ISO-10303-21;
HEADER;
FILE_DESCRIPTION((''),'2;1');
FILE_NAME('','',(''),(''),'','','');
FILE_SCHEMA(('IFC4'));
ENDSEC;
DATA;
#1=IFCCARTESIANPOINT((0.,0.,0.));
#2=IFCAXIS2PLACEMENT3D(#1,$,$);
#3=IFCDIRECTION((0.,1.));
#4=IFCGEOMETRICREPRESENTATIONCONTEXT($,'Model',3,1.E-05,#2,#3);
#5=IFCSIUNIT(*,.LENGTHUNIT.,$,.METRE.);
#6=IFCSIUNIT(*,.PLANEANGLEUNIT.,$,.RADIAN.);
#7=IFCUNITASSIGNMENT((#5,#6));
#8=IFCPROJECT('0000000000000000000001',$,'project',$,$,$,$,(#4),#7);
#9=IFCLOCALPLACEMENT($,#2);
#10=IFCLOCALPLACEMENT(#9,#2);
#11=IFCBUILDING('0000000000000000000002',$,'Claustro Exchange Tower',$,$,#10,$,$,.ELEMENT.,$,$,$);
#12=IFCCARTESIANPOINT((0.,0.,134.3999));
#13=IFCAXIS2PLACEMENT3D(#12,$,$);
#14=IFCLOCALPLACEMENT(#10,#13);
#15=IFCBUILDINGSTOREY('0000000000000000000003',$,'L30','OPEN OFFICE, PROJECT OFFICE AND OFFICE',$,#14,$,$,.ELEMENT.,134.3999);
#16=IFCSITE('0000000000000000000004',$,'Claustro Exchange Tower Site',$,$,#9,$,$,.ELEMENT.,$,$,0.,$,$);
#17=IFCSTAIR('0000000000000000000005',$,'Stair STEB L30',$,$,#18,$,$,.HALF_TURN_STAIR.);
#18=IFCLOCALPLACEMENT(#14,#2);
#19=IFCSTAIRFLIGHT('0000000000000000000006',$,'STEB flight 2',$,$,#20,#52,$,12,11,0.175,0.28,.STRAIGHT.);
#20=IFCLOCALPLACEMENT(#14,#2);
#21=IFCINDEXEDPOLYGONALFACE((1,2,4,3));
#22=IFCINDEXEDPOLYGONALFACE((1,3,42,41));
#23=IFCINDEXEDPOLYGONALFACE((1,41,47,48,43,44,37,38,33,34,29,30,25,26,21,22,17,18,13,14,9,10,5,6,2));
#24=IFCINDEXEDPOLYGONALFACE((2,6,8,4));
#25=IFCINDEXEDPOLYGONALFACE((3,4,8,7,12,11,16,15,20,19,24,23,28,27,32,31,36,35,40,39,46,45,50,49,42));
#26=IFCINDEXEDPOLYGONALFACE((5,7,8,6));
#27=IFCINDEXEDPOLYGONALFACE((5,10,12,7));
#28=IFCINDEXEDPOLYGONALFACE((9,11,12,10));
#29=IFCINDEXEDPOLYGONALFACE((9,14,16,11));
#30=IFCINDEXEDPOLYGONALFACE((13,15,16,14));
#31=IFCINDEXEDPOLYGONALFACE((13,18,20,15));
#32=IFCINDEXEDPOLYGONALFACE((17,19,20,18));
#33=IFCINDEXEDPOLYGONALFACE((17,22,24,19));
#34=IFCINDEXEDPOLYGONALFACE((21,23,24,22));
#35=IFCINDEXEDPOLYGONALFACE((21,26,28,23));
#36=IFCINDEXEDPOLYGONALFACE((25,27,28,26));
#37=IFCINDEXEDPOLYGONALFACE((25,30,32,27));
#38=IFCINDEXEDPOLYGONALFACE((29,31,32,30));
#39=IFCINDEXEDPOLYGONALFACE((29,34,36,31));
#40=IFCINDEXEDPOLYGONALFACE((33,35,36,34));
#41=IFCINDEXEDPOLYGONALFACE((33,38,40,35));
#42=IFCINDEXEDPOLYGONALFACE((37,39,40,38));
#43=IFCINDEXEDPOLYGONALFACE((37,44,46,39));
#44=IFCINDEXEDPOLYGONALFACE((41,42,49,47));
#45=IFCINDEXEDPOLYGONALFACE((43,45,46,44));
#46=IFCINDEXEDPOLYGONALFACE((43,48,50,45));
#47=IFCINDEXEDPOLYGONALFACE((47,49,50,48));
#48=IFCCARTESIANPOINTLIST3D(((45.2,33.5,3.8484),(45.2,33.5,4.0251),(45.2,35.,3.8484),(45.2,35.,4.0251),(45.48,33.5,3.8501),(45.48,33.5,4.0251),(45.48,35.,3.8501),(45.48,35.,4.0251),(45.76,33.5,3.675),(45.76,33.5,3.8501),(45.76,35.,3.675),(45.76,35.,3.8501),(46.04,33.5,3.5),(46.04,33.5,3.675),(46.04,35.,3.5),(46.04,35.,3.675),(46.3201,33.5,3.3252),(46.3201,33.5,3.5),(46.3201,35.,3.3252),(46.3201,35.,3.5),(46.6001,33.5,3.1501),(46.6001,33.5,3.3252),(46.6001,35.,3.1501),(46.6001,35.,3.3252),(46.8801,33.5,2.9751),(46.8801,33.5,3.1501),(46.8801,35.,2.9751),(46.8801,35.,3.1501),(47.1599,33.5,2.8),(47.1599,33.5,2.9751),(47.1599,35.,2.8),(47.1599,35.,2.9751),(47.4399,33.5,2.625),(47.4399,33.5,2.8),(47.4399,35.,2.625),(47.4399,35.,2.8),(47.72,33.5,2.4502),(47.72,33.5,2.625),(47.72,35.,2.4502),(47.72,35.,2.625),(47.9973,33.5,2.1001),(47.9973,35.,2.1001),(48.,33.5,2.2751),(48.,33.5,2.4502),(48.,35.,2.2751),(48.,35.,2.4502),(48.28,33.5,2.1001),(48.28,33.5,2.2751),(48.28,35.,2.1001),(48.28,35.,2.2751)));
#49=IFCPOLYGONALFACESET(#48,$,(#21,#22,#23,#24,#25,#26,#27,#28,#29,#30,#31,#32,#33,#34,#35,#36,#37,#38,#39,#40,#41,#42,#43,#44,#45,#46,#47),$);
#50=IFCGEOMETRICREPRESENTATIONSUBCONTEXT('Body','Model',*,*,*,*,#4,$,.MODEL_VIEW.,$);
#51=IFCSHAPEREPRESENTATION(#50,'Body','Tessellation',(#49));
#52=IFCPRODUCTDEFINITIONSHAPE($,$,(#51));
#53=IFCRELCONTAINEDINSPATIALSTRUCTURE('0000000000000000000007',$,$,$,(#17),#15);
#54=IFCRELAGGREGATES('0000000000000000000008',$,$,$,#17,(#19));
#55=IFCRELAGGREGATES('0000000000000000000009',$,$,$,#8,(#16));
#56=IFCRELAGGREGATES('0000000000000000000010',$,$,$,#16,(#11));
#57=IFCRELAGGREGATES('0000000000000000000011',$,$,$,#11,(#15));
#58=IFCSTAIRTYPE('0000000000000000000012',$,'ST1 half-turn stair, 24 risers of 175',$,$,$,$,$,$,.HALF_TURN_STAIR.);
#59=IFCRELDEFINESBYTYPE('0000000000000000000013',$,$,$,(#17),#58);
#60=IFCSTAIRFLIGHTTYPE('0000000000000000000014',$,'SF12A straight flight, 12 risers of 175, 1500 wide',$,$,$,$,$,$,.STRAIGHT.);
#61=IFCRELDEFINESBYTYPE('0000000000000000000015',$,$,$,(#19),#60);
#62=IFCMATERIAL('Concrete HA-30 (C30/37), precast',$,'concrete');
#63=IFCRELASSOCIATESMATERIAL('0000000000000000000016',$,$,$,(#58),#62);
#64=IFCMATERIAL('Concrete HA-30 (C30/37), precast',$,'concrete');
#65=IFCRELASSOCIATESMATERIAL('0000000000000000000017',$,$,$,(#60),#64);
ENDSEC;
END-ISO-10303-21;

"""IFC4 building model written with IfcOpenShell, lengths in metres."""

from ifc_helpers import new_model, si_unit, direction, frame, origin, place, context, subcontext, project, spatial, polyline, outline, extrude, material, type_object, element, aggregate, save


model = new_model("IFC4")

# Units and contexts
model_context = context("Model", 3, precision=1e-05, world=origin(), true_north=direction((0.0, 1.0)))
body_context = subcontext(model_context, "Body", "Model", "MODEL_VIEW")
ifc_project = project(units=[si_unit("LENGTHUNIT", "METRE"), si_unit("PLANEANGLEUNIT", "RADIAN")], contexts=[model_context])

# Site, building, storey
site_placement = place(None, origin())
site = spatial("IfcSite", under=ifc_project, at=site_placement, Name="Claustro Exchange Tower Site", CompositionType="ELEMENT", RefElevation=0.0)
building_placement = place(site_placement, origin())
building = spatial("IfcBuilding", under=site, at=building_placement, Name="Claustro Exchange Tower", CompositionType="ELEMENT")
storey_placement = place(building_placement, frame((0.0, 0.0, 134.3999)))
storey = spatial("IfcBuildingStorey", under=building, at=storey_placement, Name="L30", Description="OPEN OFFICE, PROJECT OFFICE AND OFFICE", CompositionType="ELEMENT", Elevation=134.3999)

# Stair, stair flight
ifc_material_1 = material(Name="Concrete HA-30 (C30/37), precast", Category="concrete")
stair_type = type_object("IfcStairType", Name="ST1 half-turn stair, 24 risers of 175", PredefinedType="HALF_TURN_STAIR", material=ifc_material_1)
stair_placement = place(storey_placement, origin())
stair = element("IfcStair", 1, at=stair_placement, inside=storey, type_object=stair_type, Name="Stair STEB L30", PredefinedType="HALF_TURN_STAIR")
ifc_material_2 = material(Name="Concrete HA-30 (C30/37), precast", Category="concrete")
stair_flight_type = type_object("IfcStairFlightType", Name="SF12A straight flight, 12 risers of 175, 1500 wide", PredefinedType="STRAIGHT", material=ifc_material_2)
stair_flight_1_placement = place(storey_placement, frame((48.28, 34.25, 2.1001), z_axis=(0.0, 0.0, 1.0), x_axis=(-1.0, 0.0, 0.0)))
stair_flight_1 = element("IfcStairFlight", 2, at=stair_flight_1_placement, type_object=stair_flight_type, Name="STEB flight 2", NumberOfRisers=12, NumberOfTreads=11, PredefinedType="STRAIGHT", RiserHeight=0.175, TreadLength=0.28, context=body_context, shape_type="SweptSolid", body=[
    extrude(outline(polyline([(0.0, 0.0), (0.0, 0.175), (0.28, 0.175), (0.28, 0.3501), (0.5601, 0.3501), (0.5601, 0.5249), (0.8401, 0.5249), (0.8401, 0.7), (1.1201, 0.7), (1.1201, 0.875), (1.3999, 0.875), (1.3999, 1.05), (1.6799, 1.05), (1.6799, 1.2251), (1.96, 1.2251), (1.96, 1.3999), (2.24, 1.3999), (2.24, 1.575), (2.52, 1.575), (2.52, 1.75), (2.8, 1.75), (2.8, 1.925), (3.0801, 1.925), (3.0801, 2.1001), (3.0801, 1.7483), (0.2827, 0.0), (0.0, 0.0)])), frame((0.0, 0.75, 0.0), z_axis=(0.0, -1.0, 0.0), x_axis=(1.0, 0.0, 0.0)), (0.0, 0.0, 1.0), 1.5),
])
aggregate(stair, [stair_flight_1])

save(model, "model.ifc")
